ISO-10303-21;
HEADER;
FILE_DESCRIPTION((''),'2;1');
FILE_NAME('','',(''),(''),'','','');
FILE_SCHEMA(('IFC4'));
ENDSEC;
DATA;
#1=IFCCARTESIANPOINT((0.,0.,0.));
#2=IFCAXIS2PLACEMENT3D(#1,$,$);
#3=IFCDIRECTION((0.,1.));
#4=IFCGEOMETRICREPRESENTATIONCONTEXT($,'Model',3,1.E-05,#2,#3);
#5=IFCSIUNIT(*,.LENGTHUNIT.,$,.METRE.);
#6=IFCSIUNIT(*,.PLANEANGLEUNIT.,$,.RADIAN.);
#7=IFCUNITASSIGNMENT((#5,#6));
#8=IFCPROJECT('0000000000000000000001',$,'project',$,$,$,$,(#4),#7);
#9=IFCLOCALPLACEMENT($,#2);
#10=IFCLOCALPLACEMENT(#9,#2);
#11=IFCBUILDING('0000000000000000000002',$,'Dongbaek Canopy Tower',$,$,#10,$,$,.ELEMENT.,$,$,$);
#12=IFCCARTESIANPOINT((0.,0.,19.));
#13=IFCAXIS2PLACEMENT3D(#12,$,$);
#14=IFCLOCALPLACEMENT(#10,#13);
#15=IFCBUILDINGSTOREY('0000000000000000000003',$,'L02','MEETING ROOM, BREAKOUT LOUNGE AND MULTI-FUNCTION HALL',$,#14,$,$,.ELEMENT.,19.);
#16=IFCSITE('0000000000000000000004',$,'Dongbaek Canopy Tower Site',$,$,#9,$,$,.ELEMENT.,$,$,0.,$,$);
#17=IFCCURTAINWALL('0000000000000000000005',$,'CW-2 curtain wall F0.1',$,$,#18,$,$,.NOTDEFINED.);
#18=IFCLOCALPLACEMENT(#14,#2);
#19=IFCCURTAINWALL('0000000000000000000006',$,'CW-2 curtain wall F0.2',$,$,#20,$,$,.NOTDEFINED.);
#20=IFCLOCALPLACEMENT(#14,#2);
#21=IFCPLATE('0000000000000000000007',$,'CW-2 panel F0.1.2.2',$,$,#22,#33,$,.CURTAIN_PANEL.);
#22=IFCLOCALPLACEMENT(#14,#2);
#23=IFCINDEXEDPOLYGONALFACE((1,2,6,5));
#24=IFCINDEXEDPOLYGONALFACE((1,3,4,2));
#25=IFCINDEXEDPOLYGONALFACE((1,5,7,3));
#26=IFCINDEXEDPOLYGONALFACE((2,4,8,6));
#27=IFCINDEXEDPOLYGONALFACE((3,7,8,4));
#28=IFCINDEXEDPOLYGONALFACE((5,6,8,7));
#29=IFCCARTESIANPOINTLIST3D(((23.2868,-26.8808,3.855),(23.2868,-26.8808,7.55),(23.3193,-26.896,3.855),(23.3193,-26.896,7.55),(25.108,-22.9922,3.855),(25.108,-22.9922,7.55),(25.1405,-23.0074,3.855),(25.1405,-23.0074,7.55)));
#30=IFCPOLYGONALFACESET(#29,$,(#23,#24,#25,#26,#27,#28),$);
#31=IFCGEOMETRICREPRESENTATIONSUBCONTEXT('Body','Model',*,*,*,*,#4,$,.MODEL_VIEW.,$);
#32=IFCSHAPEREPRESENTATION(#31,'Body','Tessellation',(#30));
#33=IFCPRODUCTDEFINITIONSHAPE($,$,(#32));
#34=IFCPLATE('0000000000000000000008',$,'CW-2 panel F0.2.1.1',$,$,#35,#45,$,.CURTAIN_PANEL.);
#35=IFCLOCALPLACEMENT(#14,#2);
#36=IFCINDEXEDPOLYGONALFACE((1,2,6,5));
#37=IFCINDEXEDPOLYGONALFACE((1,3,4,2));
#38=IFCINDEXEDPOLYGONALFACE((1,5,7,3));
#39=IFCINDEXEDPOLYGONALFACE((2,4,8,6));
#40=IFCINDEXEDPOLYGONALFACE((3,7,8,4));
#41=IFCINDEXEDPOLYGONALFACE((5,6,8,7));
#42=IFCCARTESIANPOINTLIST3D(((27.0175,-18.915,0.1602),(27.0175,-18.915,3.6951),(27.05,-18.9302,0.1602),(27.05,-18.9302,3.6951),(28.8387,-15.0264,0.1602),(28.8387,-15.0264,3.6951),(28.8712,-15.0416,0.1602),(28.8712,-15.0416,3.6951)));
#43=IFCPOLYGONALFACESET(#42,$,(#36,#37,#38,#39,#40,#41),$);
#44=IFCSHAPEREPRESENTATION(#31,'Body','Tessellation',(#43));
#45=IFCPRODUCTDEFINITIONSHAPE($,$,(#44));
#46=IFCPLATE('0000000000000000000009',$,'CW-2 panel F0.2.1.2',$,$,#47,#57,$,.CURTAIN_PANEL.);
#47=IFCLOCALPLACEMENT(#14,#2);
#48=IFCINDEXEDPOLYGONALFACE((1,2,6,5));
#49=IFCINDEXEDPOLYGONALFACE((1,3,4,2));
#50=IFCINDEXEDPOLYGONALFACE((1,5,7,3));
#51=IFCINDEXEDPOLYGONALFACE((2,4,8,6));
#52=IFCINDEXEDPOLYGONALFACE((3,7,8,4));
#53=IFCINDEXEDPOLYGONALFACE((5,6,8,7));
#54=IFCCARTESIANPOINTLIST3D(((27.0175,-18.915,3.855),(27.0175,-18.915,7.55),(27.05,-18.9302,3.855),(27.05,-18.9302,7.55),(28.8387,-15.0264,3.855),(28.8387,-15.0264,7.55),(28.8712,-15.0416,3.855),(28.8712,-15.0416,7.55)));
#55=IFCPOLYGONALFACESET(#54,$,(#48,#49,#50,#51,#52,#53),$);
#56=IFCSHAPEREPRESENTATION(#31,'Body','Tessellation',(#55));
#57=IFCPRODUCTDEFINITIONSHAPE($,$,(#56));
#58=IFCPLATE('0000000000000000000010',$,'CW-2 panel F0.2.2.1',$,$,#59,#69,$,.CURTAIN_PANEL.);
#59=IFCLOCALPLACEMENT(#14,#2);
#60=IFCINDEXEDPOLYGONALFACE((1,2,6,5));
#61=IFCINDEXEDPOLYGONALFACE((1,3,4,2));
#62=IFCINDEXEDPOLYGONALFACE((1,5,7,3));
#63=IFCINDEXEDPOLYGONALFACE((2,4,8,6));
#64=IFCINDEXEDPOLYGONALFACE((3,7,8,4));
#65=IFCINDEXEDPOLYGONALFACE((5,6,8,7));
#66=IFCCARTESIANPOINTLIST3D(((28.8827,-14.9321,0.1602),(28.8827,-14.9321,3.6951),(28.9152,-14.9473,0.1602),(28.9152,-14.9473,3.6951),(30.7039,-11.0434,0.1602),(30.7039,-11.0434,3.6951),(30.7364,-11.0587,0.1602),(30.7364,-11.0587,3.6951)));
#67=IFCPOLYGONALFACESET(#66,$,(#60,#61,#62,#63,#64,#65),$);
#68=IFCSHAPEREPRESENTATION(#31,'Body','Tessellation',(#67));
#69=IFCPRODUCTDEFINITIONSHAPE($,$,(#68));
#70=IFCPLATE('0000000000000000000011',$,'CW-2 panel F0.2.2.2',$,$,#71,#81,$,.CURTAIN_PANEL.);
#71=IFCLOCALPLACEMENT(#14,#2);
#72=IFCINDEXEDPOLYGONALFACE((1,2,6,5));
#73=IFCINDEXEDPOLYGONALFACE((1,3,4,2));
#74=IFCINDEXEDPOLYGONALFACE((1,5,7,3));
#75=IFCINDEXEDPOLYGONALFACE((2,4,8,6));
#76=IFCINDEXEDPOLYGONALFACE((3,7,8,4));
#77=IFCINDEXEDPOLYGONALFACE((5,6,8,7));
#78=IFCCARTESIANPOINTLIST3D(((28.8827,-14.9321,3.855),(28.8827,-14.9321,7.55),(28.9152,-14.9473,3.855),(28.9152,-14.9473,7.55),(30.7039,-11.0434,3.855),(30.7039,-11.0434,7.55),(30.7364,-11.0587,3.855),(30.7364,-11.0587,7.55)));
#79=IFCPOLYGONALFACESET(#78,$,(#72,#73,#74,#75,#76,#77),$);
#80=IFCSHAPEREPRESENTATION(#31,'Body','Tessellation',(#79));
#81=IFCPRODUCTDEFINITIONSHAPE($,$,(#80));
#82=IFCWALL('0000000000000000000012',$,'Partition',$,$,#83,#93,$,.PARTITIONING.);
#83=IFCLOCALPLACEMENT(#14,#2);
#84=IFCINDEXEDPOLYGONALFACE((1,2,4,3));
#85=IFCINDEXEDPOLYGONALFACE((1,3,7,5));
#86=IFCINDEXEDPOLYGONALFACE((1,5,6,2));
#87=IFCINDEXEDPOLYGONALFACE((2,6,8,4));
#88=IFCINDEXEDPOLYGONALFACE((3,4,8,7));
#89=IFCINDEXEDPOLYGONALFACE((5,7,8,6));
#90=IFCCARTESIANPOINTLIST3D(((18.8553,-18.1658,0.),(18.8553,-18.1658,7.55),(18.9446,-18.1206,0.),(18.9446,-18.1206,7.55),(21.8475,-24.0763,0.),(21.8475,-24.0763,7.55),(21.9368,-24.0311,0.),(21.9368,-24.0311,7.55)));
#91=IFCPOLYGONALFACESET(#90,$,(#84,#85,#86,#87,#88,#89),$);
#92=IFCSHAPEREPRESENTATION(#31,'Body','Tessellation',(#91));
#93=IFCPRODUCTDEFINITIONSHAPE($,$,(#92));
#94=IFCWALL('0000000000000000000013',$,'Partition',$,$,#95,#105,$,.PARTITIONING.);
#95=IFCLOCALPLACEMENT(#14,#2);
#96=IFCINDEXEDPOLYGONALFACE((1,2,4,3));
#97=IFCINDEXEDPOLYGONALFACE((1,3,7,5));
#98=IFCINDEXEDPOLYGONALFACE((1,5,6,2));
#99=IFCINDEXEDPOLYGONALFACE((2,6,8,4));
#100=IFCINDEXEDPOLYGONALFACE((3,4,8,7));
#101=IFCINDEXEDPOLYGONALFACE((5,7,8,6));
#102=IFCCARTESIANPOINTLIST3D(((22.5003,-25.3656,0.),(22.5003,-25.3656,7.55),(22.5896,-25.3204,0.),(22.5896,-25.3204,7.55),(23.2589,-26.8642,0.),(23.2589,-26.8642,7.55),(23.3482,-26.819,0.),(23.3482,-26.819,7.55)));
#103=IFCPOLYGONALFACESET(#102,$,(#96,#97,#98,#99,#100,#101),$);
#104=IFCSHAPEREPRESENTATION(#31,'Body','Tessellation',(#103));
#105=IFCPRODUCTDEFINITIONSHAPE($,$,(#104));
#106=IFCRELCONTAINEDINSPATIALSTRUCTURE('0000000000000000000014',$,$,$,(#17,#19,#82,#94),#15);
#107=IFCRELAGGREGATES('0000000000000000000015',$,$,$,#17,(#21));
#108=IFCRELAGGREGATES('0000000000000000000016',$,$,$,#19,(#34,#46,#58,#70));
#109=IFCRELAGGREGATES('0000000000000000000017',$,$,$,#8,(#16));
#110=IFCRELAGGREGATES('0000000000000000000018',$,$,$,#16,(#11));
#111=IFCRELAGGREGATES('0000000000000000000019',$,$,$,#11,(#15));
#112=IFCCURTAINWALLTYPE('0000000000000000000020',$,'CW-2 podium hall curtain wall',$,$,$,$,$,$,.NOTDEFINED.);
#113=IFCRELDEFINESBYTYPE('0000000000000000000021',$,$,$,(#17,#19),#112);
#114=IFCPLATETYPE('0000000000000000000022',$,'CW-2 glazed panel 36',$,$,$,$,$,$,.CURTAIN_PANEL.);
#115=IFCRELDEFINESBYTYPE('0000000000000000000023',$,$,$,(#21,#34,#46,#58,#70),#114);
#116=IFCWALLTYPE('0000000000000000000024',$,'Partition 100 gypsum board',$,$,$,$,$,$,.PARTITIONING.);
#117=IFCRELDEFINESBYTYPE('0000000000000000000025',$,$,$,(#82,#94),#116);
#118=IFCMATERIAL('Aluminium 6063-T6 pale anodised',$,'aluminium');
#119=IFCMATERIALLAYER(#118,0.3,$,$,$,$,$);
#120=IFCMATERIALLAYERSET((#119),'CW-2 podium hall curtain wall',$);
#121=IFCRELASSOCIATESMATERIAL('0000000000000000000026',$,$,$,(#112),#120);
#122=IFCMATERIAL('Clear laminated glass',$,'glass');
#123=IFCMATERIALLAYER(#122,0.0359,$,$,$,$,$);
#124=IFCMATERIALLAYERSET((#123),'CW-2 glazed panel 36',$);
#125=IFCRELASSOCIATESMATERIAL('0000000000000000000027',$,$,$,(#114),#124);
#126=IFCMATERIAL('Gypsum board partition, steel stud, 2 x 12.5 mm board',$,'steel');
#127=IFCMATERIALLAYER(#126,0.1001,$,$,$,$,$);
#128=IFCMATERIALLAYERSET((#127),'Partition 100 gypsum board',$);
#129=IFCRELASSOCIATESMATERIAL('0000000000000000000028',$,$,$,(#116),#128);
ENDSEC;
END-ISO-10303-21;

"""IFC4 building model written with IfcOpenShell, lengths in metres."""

from ifc_helpers import new_model, si_unit, direction, frame, frame_2d, origin, origin_2d, place, context, subcontext, project, spatial, rectangle, extrude, material, layer, layer_set, type_object, element, aggregate, save


model = new_model("IFC4")

# Units and contexts
model_context = context("Model", 3, precision=1e-05, world=origin(), true_north=direction((0.0, 1.0)))
body_context = subcontext(model_context, "Body", "Model", "MODEL_VIEW")
ifc_project = project(units=[si_unit("LENGTHUNIT", "METRE"), si_unit("PLANEANGLEUNIT", "RADIAN")], contexts=[model_context])

# Site, building, storey
site_placement = place(None, origin())
site = spatial("IfcSite", under=ifc_project, at=site_placement, Name="Dongbaek Canopy Tower Site", CompositionType="ELEMENT", RefElevation=0.0)
building_placement = place(site_placement, origin())
building = spatial("IfcBuilding", under=site, at=building_placement, Name="Dongbaek Canopy Tower", CompositionType="ELEMENT")
storey_placement = place(building_placement, frame((0.0, 0.0, 19.0)))
storey = spatial("IfcBuildingStorey", under=building, at=storey_placement, Name="L02", Description="MEETING ROOM, BREAKOUT LOUNGE AND MULTI-FUNCTION HALL", CompositionType="ELEMENT", Elevation=19.0)

# Curtain walls
ifc_material_1 = material(Name="Aluminium 6063-T6 pale anodised", Category="aluminium")
ifc_layer_1 = layer(ifc_material_1, 0.3)
ifc_layer_set_1 = layer_set([ifc_layer_1], Name="CW-2 podium hall curtain wall")
curtain_wall_type = type_object("IfcCurtainWallType", Name="CW-2 podium hall curtain wall", PredefinedType="NOTDEFINED", material=ifc_layer_set_1)
curtain_wall_1_placement = place(storey_placement, origin())
curtain_wall_1 = element("IfcCurtainWall", 1, at=curtain_wall_1_placement, inside=storey, type_object=curtain_wall_type, Name="CW-2 curtain wall F0.1", PredefinedType="NOTDEFINED")
curtain_wall_2_placement = place(storey_placement, origin())
curtain_wall_2 = element("IfcCurtainWall", 2, at=curtain_wall_2_placement, inside=storey, type_object=curtain_wall_type, Name="CW-2 curtain wall F0.2", PredefinedType="NOTDEFINED")

# Plates
ifc_material_2 = material(Name="Clear laminated glass", Category="glass")
ifc_layer_2 = layer(ifc_material_2, 0.0359)
ifc_layer_set_2 = layer_set([ifc_layer_2], Name="CW-2 glazed panel 36")
plate_type = type_object("IfcPlateType", Name="CW-2 glazed panel 36", PredefinedType="CURTAIN_PANEL", material=ifc_layer_set_2)
plate_1_placement = place(storey_placement, frame((24.2136, -24.9441, 3.855), z_axis=(0.0, 0.0, 1.0), x_axis=(0.424123, 0.905605, 0.0)))
plate_1 = element("IfcPlate", 3, at=plate_1_placement, type_object=plate_type, Name="CW-2 panel F0.1.2.2", PredefinedType="CURTAIN_PANEL", context=body_context, shape_type="SweptSolid", body=[
    extrude(rectangle(XDim=4.2939, YDim=0.0359, at=origin_2d()), origin(), (0.0, 0.0, 1.0), 3.6951),
])
aggregate(curtain_wall_1, [plate_1])
plate_2_placement = place(storey_placement, frame((27.9443, -16.9783, 0.1602), z_axis=(0.0, 0.0, 1.0), x_axis=(0.424123, 0.905605, 0.0)))
plate_2 = element("IfcPlate", 4, at=plate_2_placement, type_object=plate_type, Name="CW-2 panel F0.2.1.1", PredefinedType="CURTAIN_PANEL", context=body_context, shape_type="SweptSolid", body=[
    extrude(rectangle(XDim=4.2939, YDim=0.0359, at=origin_2d()), origin(), (0.0, 0.0, 1.0), 3.5349),
])
plate_3_placement = place(storey_placement, frame((27.9443, -16.9783, 3.855), z_axis=(0.0, 0.0, 1.0), x_axis=(0.424123, 0.905605, 0.0)))
plate_3 = element("IfcPlate", 5, at=plate_3_placement, type_object=plate_type, Name="CW-2 panel F0.2.1.2", PredefinedType="CURTAIN_PANEL", context=body_context, shape_type="SweptSolid", body=[
    extrude(rectangle(XDim=4.2939, YDim=0.0359, at=origin_2d()), origin(), (0.0, 0.0, 1.0), 3.6951),
])
plate_4_placement = place(storey_placement, frame((29.8096, -12.9954, 0.1602), z_axis=(0.0, 0.0, 1.0), x_axis=(0.424123, 0.905605, 0.0)))
plate_4 = element("IfcPlate", 6, at=plate_4_placement, type_object=plate_type, Name="CW-2 panel F0.2.2.1", PredefinedType="CURTAIN_PANEL", context=body_context, shape_type="SweptSolid", body=[
    extrude(rectangle(XDim=4.2939, YDim=0.0359, at=origin_2d()), origin(), (0.0, 0.0, 1.0), 3.5349),
])
plate_5_placement = place(storey_placement, frame((29.8096, -12.9954, 3.855), z_axis=(0.0, 0.0, 1.0), x_axis=(0.424123, 0.905605, 0.0)))
plate_5 = element("IfcPlate", 7, at=plate_5_placement, type_object=plate_type, Name="CW-2 panel F0.2.2.2", PredefinedType="CURTAIN_PANEL", context=body_context, shape_type="SweptSolid", body=[
    extrude(rectangle(XDim=4.2939, YDim=0.0359, at=origin_2d()), origin(), (0.0, 0.0, 1.0), 3.6951),
])
aggregate(curtain_wall_2, [plate_2, plate_3, plate_4, plate_5])

# Walls
ifc_material_3 = material(Name="Gypsum board partition, steel stud, 2 x 12.5 mm board", Category="steel")
ifc_layer_3 = layer(ifc_material_3, 0.1001)
ifc_layer_set_3 = layer_set([ifc_layer_3], Name="Partition 100 gypsum board")
wall_type_1 = type_object("IfcWallType", Name="Partition 100 gypsum board", PredefinedType="PARTITIONING", material=ifc_layer_set_3)
wall_1_placement = place(storey_placement, frame((18.8999, -18.1431, 0.0), z_axis=(0.0, 0.0, 1.0), x_axis=(0.451675, -0.892183, 0.0)))
element("IfcWall", 8, at=wall_1_placement, inside=storey, type_object=wall_type_1, Name="Partition", PredefinedType="PARTITIONING", context=body_context, shape_type="SweptSolid", body=[
    extrude(rectangle(XDim=6.6248, YDim=0.1001, at=frame_2d((3.3125, 0.0))), origin(), (0.0, 0.0, 1.0), 7.55),
])
wall_2_placement = place(storey_placement, frame((22.5449, -25.343, 0.0), z_axis=(0.0, 0.0, 1.0), x_axis=(0.451627, -0.892207, 0.0)))
element("IfcWall", 9, at=wall_2_placement, inside=storey, type_object=wall_type_1, Name="Partition", PredefinedType="PARTITIONING", context=body_context, shape_type="SweptSolid", body=[
    extrude(rectangle(XDim=1.6797, YDim=0.1001, at=frame_2d((0.8398, 0.0))), origin(), (0.0, 0.0, 1.0), 7.55),
])

save(model, "model.ifc")
